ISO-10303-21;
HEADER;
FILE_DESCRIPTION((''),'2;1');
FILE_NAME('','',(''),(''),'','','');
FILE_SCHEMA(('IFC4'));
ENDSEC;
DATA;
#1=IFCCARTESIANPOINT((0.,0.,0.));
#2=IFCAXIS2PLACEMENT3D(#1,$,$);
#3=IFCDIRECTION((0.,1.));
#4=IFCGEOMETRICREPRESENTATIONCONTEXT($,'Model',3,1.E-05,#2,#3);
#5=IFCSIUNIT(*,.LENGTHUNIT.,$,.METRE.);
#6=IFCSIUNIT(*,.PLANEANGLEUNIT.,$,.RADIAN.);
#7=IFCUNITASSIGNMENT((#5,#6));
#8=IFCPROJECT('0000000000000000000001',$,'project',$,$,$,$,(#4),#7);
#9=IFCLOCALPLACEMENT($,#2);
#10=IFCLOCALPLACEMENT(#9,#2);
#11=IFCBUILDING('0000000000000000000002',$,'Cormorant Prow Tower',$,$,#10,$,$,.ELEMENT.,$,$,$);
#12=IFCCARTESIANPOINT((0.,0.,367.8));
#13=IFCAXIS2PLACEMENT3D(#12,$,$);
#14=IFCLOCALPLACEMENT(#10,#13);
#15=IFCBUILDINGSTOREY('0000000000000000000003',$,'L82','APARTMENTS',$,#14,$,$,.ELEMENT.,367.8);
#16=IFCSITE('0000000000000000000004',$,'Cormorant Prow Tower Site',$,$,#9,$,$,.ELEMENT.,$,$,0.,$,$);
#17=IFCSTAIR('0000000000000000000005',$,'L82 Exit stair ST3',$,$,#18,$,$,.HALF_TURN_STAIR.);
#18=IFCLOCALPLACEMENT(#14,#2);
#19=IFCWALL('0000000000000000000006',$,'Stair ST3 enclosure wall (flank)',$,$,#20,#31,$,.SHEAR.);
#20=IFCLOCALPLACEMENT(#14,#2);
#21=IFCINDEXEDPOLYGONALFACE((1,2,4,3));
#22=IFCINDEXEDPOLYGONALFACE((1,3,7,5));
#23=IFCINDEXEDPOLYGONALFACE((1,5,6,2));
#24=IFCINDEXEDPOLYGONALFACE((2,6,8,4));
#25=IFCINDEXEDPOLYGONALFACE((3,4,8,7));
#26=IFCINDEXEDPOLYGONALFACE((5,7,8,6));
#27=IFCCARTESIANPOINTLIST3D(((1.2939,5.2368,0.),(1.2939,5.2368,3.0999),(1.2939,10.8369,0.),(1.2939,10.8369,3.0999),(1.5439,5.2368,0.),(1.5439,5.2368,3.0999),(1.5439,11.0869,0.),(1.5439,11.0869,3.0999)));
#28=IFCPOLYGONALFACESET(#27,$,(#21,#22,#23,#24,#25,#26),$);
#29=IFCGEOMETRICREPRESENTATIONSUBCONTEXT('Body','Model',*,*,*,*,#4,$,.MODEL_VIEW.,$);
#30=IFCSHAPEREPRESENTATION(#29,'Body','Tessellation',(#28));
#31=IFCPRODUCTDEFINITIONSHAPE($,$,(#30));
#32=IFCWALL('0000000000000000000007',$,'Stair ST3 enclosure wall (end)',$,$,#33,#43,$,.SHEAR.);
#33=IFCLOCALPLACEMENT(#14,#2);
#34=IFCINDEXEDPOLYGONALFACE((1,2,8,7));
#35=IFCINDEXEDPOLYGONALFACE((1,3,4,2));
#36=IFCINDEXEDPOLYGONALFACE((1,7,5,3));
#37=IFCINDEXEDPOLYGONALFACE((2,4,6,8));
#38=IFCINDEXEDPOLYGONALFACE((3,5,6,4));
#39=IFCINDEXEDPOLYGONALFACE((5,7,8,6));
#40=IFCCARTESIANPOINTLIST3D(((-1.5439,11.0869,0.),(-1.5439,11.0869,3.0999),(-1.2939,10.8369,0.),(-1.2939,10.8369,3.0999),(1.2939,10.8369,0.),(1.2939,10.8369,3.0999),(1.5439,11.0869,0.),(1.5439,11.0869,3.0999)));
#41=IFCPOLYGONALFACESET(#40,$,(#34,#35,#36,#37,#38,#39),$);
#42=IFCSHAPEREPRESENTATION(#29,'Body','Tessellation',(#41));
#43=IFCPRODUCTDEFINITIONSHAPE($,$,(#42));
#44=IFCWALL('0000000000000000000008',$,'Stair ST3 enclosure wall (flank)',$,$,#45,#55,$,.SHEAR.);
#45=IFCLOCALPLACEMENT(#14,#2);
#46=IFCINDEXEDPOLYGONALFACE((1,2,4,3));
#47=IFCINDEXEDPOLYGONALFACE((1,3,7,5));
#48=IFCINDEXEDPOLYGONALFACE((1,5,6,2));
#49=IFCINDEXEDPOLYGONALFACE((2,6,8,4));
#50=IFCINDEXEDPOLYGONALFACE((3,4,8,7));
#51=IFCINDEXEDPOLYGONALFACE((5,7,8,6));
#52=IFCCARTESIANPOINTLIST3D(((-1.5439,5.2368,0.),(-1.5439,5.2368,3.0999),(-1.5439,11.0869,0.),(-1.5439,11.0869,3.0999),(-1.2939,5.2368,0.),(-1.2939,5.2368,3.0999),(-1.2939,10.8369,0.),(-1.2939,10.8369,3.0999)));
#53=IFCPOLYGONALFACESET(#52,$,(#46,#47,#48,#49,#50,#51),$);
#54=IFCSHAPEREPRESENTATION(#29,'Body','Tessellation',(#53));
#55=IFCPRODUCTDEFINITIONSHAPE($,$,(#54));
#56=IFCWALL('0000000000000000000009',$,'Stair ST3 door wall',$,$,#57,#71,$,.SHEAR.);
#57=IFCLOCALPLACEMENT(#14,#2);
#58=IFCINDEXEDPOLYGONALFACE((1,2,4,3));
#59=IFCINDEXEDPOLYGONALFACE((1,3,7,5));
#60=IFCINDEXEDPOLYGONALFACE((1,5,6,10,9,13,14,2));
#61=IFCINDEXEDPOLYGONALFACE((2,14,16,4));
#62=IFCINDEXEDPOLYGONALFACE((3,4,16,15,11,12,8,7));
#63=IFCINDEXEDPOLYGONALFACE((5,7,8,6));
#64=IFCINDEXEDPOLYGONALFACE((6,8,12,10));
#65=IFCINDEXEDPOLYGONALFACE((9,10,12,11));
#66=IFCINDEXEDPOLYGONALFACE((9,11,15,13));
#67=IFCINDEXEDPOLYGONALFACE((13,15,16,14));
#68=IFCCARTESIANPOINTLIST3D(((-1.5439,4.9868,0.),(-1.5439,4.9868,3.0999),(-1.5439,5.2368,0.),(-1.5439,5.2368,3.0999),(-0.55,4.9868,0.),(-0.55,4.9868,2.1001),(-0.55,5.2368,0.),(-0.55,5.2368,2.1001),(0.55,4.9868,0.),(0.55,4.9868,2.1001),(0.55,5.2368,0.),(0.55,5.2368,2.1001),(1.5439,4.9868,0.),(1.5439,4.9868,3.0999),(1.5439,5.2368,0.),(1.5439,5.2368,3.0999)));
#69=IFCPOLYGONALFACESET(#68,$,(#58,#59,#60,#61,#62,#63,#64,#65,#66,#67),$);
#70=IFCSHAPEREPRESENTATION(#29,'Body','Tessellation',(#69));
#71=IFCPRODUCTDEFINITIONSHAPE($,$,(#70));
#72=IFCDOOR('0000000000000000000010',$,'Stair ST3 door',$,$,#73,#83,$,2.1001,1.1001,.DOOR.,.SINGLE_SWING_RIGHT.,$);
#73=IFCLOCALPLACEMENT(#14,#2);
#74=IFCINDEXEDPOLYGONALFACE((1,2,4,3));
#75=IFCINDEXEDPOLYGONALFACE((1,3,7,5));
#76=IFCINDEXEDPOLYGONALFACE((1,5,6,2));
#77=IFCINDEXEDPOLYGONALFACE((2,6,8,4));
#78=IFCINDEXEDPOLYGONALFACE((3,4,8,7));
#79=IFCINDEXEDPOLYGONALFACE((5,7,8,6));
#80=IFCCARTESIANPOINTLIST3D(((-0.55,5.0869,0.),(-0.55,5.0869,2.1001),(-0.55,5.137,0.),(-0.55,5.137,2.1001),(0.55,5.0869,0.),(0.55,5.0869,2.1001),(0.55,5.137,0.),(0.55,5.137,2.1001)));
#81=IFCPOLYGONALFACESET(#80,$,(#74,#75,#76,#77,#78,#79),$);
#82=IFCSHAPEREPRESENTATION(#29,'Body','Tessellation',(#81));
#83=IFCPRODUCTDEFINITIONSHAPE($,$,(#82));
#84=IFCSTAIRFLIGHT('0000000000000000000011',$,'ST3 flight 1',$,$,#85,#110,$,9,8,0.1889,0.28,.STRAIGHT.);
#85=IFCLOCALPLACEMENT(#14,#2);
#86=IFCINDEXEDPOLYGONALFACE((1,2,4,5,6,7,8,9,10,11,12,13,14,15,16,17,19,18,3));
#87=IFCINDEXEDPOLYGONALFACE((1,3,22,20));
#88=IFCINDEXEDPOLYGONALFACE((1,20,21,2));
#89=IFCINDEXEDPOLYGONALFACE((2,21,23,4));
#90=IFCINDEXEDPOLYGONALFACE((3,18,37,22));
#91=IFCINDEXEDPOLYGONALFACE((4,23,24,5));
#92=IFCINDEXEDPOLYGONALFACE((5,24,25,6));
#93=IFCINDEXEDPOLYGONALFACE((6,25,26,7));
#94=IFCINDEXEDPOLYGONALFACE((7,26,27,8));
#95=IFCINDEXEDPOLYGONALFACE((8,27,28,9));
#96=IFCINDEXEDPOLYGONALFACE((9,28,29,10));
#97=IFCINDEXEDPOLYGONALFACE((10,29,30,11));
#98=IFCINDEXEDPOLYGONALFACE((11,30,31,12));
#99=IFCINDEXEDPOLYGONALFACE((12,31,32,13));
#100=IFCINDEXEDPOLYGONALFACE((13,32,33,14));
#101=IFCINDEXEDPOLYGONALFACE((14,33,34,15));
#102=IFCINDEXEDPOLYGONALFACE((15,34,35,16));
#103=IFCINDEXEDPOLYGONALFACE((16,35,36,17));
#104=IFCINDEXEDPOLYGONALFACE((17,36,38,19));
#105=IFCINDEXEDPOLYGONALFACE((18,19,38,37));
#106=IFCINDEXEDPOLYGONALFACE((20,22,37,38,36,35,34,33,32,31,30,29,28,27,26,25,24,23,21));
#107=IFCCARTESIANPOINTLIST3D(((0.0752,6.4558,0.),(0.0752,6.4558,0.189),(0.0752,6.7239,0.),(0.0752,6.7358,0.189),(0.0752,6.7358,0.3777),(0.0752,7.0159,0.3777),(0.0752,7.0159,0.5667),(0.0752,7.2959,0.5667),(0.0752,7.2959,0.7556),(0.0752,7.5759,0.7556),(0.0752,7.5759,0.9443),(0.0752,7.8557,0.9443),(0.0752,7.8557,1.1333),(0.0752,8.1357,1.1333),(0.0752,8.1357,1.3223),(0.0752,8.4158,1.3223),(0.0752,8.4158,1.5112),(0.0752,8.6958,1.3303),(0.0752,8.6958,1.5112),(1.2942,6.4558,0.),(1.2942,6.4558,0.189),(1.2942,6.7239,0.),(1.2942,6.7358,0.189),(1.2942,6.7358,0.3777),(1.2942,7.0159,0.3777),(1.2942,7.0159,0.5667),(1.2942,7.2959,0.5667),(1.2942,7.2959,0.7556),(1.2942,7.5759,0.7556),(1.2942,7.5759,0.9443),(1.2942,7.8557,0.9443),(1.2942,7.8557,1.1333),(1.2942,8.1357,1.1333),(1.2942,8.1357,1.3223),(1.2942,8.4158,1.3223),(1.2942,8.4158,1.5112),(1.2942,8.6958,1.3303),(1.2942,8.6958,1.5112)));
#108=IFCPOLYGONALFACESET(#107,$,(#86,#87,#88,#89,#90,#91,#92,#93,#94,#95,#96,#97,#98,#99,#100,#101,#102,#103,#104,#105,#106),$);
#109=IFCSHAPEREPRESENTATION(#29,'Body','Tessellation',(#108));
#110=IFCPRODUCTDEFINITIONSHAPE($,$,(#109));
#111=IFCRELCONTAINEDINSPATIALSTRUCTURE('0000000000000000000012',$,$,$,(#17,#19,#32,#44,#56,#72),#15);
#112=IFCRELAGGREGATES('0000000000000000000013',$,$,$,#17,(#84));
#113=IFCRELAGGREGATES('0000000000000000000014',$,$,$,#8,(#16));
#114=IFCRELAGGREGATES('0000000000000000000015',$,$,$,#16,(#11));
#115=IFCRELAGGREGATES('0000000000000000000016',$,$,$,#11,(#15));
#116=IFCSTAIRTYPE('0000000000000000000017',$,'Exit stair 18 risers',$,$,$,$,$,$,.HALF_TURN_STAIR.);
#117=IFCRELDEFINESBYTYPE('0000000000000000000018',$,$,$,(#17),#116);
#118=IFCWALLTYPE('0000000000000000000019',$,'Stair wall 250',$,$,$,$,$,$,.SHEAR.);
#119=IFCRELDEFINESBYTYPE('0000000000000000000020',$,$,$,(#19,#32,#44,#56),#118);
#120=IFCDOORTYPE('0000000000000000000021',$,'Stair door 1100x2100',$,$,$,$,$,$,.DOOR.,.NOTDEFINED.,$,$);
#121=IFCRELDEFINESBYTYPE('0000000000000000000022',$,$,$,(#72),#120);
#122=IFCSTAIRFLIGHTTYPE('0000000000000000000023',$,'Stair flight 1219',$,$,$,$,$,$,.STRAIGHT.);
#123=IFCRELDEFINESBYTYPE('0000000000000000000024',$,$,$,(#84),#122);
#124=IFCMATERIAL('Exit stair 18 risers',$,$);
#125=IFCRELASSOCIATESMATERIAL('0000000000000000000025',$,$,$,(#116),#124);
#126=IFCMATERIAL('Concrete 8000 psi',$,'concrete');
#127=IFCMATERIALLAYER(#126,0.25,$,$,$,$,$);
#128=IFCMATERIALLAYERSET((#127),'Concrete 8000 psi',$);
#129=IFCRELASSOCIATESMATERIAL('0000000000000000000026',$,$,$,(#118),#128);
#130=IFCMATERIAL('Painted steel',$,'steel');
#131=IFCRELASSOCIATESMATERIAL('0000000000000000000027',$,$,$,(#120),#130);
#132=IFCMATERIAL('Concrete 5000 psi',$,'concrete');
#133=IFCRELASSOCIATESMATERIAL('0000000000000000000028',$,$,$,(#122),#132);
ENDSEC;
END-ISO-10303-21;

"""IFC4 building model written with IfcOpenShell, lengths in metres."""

from ifc_helpers import new_model, si_unit, direction, frame, frame_2d, origin, place, context, subcontext, project, spatial, polyline, rectangle, outline, extrude, material, layer, layer_set, type_object, element, fill, aggregate, save


model = new_model("IFC4")

# Units and contexts
model_context = context("Model", 3, precision=1e-05, world=origin(), true_north=direction((0.0, 1.0)))
body_context = subcontext(model_context, "Body", "Model", "MODEL_VIEW")
ifc_project = project(units=[si_unit("LENGTHUNIT", "METRE"), si_unit("PLANEANGLEUNIT", "RADIAN")], contexts=[model_context])

# Site, building, storey
site_placement = place(None, origin())
site = spatial("IfcSite", under=ifc_project, at=site_placement, Name="Cormorant Prow Tower Site", CompositionType="ELEMENT", RefElevation=0.0)
building_placement = place(site_placement, origin())
building = spatial("IfcBuilding", under=site, at=building_placement, Name="Cormorant Prow Tower", CompositionType="ELEMENT")
storey_placement = place(building_placement, frame((0.0, 0.0, 367.8)))
storey = spatial("IfcBuildingStorey", under=building, at=storey_placement, Name="L82", Description="APARTMENTS", CompositionType="ELEMENT", Elevation=367.8)

# Stair
ifc_material_1 = material(Name="Exit stair 18 risers")
stair_type = type_object("IfcStairType", Name="Exit stair 18 risers", PredefinedType="HALF_TURN_STAIR", material=ifc_material_1)
stair_1_placement = place(storey_placement, origin())
stair_1 = element("IfcStair", 1, at=stair_1_placement, inside=storey, type_object=stair_type, Name="L82 Exit stair ST3", PredefinedType="HALF_TURN_STAIR")

# Walls
ifc_material_2 = material(Name="Concrete 8000 psi", Category="concrete")
ifc_layer_1 = layer(ifc_material_2, 0.25)
ifc_layer_set_1 = layer_set([ifc_layer_1], Name="Concrete 8000 psi")
wall_type_1 = type_object("IfcWallType", Name="Stair wall 250", PredefinedType="SHEAR", material=ifc_layer_set_1)
wall_1_placement = place(storey_placement, origin())
element("IfcWall", 2, at=wall_1_placement, inside=storey, type_object=wall_type_1, Name="Stair ST3 enclosure wall (flank)", PredefinedType="SHEAR", context=body_context, shape_type="SweptSolid", body=[
    extrude(outline(polyline([(1.5439, 5.2368), (1.5439, 11.0869), (1.2939, 10.8369), (1.2939, 5.2368), (1.5439, 5.2368)])), origin(), (0.0, 0.0, 1.0), 3.0999),
])
wall_2_placement = place(storey_placement, origin())
element("IfcWall", 3, at=wall_2_placement, inside=storey, type_object=wall_type_1, Name="Stair ST3 enclosure wall (end)", PredefinedType="SHEAR", context=body_context, shape_type="SweptSolid", body=[
    extrude(outline(polyline([(1.5439, 11.0869), (-1.5439, 11.0869), (-1.2939, 10.8369), (1.2939, 10.8369), (1.5439, 11.0869)])), origin(), (0.0, 0.0, 1.0), 3.0999),
])
wall_3_placement = place(storey_placement, origin())
element("IfcWall", 4, at=wall_3_placement, inside=storey, type_object=wall_type_1, Name="Stair ST3 enclosure wall (flank)", PredefinedType="SHEAR", context=body_context, shape_type="SweptSolid", body=[
    extrude(outline(polyline([(-1.2939, 10.8369), (-1.5439, 11.0869), (-1.5439, 5.2368), (-1.2939, 5.2368), (-1.2939, 10.8369)])), origin(), (0.0, 0.0, 1.0), 3.0999),
])

# Wall, opening, door
wall_4_placement = place(storey_placement, frame((1.5439, 5.1118, 0.0), z_axis=(0.0, 0.0, 1.0), x_axis=(-1.0, 0.0, 0.0)))
wall_4 = element("IfcWall", 5, at=wall_4_placement, inside=storey, type_object=wall_type_1, Name="Stair ST3 door wall", PredefinedType="SHEAR", context=body_context, shape_type="SweptSolid", body=[
    extrude(rectangle(XDim=3.0879, YDim=0.25, at=frame_2d((1.5439, 0.0))), origin(), (0.0, 0.0, 1.0), 3.0999),
])
opening_1_placement = place(wall_4_placement, frame((0.9939, 0.0, 0.0)))
opening_1 = element("IfcOpeningElement", 6, at=opening_1_placement, cuts=wall_4, PredefinedType="OPENING", context=body_context, shape_type="SweptSolid", body=[
    extrude(rectangle(XDim=1.1001, YDim=2.1001, at=frame_2d((0.55, 1.05))), frame((0.0, 0.135, 0.0), z_axis=(0.0, -1.0, 0.0), x_axis=(1.0, 0.0, 0.0)), (0.0, 0.0, 1.0), 0.27),
])
ifc_material_3 = material(Name="Painted steel", Category="steel")
door_type_1 = type_object("IfcDoorType", Name="Stair door 1100x2100", OperationType="NOTDEFINED", PredefinedType="DOOR", material=ifc_material_3)
door_1_placement = place(opening_1_placement, origin())
door_1 = element("IfcDoor", 7, at=door_1_placement, inside=storey, type_object=door_type_1, Name="Stair ST3 door", OperationType="SINGLE_SWING_RIGHT", OverallHeight=2.1001, OverallWidth=1.1001, PredefinedType="DOOR", context=body_context, shape_type="SweptSolid", body=[
    extrude(rectangle(XDim=1.1001, YDim=2.1001, at=frame_2d((0.55, 1.05))), frame((0.0, 0.0249, 0.0), z_axis=(0.0, -1.0, 0.0), x_axis=(1.0, 0.0, 0.0)), (0.0, 0.0, 1.0), 0.05),
])
fill(opening_1, door_1)

# Stair flight
ifc_material_4 = material(Name="Concrete 5000 psi", Category="concrete")
stair_flight_type = type_object("IfcStairFlightType", Name="Stair flight 1219", PredefinedType="STRAIGHT", material=ifc_material_4)
stair_flight_placement = place(storey_placement, frame((0.6846, 6.4558, 0.0), z_axis=(0.0, 0.0, 1.0), x_axis=(0.0, 1.0, 0.0)))
stair_flight = element("IfcStairFlight", 8, at=stair_flight_placement, type_object=stair_flight_type, Name="ST3 flight 1", NumberOfRisers=9, NumberOfTreads=8, PredefinedType="STRAIGHT", RiserHeight=0.1889, TreadLength=0.28, context=body_context, shape_type="SweptSolid", body=[
    extrude(outline(polyline([(0.0, 0.0), (0.0, 0.189), (0.28, 0.189), (0.28, 0.3777), (0.5601, 0.3777), (0.5601, 0.5667), (0.8401, 0.5667), (0.8401, 0.7556), (1.1201, 0.7556), (1.1201, 0.9443), (1.3999, 0.9443), (1.3999, 1.1333), (1.6799, 1.1333), (1.6799, 1.3223), (1.96, 1.3223), (1.96, 1.5112), (2.24, 1.5112), (2.24, 1.7), (2.24, 1.3303), (0.2681, 0.0), (0.0, 0.0)])), frame((0.0, 0.6094, 0.0), z_axis=(0.0, -1.0, 0.0), x_axis=(1.0, 0.0, 0.0)), (0.0, 0.0, 1.0), 1.219),
])
aggregate(stair_1, [stair_flight])

save(model, "model.ifc")
